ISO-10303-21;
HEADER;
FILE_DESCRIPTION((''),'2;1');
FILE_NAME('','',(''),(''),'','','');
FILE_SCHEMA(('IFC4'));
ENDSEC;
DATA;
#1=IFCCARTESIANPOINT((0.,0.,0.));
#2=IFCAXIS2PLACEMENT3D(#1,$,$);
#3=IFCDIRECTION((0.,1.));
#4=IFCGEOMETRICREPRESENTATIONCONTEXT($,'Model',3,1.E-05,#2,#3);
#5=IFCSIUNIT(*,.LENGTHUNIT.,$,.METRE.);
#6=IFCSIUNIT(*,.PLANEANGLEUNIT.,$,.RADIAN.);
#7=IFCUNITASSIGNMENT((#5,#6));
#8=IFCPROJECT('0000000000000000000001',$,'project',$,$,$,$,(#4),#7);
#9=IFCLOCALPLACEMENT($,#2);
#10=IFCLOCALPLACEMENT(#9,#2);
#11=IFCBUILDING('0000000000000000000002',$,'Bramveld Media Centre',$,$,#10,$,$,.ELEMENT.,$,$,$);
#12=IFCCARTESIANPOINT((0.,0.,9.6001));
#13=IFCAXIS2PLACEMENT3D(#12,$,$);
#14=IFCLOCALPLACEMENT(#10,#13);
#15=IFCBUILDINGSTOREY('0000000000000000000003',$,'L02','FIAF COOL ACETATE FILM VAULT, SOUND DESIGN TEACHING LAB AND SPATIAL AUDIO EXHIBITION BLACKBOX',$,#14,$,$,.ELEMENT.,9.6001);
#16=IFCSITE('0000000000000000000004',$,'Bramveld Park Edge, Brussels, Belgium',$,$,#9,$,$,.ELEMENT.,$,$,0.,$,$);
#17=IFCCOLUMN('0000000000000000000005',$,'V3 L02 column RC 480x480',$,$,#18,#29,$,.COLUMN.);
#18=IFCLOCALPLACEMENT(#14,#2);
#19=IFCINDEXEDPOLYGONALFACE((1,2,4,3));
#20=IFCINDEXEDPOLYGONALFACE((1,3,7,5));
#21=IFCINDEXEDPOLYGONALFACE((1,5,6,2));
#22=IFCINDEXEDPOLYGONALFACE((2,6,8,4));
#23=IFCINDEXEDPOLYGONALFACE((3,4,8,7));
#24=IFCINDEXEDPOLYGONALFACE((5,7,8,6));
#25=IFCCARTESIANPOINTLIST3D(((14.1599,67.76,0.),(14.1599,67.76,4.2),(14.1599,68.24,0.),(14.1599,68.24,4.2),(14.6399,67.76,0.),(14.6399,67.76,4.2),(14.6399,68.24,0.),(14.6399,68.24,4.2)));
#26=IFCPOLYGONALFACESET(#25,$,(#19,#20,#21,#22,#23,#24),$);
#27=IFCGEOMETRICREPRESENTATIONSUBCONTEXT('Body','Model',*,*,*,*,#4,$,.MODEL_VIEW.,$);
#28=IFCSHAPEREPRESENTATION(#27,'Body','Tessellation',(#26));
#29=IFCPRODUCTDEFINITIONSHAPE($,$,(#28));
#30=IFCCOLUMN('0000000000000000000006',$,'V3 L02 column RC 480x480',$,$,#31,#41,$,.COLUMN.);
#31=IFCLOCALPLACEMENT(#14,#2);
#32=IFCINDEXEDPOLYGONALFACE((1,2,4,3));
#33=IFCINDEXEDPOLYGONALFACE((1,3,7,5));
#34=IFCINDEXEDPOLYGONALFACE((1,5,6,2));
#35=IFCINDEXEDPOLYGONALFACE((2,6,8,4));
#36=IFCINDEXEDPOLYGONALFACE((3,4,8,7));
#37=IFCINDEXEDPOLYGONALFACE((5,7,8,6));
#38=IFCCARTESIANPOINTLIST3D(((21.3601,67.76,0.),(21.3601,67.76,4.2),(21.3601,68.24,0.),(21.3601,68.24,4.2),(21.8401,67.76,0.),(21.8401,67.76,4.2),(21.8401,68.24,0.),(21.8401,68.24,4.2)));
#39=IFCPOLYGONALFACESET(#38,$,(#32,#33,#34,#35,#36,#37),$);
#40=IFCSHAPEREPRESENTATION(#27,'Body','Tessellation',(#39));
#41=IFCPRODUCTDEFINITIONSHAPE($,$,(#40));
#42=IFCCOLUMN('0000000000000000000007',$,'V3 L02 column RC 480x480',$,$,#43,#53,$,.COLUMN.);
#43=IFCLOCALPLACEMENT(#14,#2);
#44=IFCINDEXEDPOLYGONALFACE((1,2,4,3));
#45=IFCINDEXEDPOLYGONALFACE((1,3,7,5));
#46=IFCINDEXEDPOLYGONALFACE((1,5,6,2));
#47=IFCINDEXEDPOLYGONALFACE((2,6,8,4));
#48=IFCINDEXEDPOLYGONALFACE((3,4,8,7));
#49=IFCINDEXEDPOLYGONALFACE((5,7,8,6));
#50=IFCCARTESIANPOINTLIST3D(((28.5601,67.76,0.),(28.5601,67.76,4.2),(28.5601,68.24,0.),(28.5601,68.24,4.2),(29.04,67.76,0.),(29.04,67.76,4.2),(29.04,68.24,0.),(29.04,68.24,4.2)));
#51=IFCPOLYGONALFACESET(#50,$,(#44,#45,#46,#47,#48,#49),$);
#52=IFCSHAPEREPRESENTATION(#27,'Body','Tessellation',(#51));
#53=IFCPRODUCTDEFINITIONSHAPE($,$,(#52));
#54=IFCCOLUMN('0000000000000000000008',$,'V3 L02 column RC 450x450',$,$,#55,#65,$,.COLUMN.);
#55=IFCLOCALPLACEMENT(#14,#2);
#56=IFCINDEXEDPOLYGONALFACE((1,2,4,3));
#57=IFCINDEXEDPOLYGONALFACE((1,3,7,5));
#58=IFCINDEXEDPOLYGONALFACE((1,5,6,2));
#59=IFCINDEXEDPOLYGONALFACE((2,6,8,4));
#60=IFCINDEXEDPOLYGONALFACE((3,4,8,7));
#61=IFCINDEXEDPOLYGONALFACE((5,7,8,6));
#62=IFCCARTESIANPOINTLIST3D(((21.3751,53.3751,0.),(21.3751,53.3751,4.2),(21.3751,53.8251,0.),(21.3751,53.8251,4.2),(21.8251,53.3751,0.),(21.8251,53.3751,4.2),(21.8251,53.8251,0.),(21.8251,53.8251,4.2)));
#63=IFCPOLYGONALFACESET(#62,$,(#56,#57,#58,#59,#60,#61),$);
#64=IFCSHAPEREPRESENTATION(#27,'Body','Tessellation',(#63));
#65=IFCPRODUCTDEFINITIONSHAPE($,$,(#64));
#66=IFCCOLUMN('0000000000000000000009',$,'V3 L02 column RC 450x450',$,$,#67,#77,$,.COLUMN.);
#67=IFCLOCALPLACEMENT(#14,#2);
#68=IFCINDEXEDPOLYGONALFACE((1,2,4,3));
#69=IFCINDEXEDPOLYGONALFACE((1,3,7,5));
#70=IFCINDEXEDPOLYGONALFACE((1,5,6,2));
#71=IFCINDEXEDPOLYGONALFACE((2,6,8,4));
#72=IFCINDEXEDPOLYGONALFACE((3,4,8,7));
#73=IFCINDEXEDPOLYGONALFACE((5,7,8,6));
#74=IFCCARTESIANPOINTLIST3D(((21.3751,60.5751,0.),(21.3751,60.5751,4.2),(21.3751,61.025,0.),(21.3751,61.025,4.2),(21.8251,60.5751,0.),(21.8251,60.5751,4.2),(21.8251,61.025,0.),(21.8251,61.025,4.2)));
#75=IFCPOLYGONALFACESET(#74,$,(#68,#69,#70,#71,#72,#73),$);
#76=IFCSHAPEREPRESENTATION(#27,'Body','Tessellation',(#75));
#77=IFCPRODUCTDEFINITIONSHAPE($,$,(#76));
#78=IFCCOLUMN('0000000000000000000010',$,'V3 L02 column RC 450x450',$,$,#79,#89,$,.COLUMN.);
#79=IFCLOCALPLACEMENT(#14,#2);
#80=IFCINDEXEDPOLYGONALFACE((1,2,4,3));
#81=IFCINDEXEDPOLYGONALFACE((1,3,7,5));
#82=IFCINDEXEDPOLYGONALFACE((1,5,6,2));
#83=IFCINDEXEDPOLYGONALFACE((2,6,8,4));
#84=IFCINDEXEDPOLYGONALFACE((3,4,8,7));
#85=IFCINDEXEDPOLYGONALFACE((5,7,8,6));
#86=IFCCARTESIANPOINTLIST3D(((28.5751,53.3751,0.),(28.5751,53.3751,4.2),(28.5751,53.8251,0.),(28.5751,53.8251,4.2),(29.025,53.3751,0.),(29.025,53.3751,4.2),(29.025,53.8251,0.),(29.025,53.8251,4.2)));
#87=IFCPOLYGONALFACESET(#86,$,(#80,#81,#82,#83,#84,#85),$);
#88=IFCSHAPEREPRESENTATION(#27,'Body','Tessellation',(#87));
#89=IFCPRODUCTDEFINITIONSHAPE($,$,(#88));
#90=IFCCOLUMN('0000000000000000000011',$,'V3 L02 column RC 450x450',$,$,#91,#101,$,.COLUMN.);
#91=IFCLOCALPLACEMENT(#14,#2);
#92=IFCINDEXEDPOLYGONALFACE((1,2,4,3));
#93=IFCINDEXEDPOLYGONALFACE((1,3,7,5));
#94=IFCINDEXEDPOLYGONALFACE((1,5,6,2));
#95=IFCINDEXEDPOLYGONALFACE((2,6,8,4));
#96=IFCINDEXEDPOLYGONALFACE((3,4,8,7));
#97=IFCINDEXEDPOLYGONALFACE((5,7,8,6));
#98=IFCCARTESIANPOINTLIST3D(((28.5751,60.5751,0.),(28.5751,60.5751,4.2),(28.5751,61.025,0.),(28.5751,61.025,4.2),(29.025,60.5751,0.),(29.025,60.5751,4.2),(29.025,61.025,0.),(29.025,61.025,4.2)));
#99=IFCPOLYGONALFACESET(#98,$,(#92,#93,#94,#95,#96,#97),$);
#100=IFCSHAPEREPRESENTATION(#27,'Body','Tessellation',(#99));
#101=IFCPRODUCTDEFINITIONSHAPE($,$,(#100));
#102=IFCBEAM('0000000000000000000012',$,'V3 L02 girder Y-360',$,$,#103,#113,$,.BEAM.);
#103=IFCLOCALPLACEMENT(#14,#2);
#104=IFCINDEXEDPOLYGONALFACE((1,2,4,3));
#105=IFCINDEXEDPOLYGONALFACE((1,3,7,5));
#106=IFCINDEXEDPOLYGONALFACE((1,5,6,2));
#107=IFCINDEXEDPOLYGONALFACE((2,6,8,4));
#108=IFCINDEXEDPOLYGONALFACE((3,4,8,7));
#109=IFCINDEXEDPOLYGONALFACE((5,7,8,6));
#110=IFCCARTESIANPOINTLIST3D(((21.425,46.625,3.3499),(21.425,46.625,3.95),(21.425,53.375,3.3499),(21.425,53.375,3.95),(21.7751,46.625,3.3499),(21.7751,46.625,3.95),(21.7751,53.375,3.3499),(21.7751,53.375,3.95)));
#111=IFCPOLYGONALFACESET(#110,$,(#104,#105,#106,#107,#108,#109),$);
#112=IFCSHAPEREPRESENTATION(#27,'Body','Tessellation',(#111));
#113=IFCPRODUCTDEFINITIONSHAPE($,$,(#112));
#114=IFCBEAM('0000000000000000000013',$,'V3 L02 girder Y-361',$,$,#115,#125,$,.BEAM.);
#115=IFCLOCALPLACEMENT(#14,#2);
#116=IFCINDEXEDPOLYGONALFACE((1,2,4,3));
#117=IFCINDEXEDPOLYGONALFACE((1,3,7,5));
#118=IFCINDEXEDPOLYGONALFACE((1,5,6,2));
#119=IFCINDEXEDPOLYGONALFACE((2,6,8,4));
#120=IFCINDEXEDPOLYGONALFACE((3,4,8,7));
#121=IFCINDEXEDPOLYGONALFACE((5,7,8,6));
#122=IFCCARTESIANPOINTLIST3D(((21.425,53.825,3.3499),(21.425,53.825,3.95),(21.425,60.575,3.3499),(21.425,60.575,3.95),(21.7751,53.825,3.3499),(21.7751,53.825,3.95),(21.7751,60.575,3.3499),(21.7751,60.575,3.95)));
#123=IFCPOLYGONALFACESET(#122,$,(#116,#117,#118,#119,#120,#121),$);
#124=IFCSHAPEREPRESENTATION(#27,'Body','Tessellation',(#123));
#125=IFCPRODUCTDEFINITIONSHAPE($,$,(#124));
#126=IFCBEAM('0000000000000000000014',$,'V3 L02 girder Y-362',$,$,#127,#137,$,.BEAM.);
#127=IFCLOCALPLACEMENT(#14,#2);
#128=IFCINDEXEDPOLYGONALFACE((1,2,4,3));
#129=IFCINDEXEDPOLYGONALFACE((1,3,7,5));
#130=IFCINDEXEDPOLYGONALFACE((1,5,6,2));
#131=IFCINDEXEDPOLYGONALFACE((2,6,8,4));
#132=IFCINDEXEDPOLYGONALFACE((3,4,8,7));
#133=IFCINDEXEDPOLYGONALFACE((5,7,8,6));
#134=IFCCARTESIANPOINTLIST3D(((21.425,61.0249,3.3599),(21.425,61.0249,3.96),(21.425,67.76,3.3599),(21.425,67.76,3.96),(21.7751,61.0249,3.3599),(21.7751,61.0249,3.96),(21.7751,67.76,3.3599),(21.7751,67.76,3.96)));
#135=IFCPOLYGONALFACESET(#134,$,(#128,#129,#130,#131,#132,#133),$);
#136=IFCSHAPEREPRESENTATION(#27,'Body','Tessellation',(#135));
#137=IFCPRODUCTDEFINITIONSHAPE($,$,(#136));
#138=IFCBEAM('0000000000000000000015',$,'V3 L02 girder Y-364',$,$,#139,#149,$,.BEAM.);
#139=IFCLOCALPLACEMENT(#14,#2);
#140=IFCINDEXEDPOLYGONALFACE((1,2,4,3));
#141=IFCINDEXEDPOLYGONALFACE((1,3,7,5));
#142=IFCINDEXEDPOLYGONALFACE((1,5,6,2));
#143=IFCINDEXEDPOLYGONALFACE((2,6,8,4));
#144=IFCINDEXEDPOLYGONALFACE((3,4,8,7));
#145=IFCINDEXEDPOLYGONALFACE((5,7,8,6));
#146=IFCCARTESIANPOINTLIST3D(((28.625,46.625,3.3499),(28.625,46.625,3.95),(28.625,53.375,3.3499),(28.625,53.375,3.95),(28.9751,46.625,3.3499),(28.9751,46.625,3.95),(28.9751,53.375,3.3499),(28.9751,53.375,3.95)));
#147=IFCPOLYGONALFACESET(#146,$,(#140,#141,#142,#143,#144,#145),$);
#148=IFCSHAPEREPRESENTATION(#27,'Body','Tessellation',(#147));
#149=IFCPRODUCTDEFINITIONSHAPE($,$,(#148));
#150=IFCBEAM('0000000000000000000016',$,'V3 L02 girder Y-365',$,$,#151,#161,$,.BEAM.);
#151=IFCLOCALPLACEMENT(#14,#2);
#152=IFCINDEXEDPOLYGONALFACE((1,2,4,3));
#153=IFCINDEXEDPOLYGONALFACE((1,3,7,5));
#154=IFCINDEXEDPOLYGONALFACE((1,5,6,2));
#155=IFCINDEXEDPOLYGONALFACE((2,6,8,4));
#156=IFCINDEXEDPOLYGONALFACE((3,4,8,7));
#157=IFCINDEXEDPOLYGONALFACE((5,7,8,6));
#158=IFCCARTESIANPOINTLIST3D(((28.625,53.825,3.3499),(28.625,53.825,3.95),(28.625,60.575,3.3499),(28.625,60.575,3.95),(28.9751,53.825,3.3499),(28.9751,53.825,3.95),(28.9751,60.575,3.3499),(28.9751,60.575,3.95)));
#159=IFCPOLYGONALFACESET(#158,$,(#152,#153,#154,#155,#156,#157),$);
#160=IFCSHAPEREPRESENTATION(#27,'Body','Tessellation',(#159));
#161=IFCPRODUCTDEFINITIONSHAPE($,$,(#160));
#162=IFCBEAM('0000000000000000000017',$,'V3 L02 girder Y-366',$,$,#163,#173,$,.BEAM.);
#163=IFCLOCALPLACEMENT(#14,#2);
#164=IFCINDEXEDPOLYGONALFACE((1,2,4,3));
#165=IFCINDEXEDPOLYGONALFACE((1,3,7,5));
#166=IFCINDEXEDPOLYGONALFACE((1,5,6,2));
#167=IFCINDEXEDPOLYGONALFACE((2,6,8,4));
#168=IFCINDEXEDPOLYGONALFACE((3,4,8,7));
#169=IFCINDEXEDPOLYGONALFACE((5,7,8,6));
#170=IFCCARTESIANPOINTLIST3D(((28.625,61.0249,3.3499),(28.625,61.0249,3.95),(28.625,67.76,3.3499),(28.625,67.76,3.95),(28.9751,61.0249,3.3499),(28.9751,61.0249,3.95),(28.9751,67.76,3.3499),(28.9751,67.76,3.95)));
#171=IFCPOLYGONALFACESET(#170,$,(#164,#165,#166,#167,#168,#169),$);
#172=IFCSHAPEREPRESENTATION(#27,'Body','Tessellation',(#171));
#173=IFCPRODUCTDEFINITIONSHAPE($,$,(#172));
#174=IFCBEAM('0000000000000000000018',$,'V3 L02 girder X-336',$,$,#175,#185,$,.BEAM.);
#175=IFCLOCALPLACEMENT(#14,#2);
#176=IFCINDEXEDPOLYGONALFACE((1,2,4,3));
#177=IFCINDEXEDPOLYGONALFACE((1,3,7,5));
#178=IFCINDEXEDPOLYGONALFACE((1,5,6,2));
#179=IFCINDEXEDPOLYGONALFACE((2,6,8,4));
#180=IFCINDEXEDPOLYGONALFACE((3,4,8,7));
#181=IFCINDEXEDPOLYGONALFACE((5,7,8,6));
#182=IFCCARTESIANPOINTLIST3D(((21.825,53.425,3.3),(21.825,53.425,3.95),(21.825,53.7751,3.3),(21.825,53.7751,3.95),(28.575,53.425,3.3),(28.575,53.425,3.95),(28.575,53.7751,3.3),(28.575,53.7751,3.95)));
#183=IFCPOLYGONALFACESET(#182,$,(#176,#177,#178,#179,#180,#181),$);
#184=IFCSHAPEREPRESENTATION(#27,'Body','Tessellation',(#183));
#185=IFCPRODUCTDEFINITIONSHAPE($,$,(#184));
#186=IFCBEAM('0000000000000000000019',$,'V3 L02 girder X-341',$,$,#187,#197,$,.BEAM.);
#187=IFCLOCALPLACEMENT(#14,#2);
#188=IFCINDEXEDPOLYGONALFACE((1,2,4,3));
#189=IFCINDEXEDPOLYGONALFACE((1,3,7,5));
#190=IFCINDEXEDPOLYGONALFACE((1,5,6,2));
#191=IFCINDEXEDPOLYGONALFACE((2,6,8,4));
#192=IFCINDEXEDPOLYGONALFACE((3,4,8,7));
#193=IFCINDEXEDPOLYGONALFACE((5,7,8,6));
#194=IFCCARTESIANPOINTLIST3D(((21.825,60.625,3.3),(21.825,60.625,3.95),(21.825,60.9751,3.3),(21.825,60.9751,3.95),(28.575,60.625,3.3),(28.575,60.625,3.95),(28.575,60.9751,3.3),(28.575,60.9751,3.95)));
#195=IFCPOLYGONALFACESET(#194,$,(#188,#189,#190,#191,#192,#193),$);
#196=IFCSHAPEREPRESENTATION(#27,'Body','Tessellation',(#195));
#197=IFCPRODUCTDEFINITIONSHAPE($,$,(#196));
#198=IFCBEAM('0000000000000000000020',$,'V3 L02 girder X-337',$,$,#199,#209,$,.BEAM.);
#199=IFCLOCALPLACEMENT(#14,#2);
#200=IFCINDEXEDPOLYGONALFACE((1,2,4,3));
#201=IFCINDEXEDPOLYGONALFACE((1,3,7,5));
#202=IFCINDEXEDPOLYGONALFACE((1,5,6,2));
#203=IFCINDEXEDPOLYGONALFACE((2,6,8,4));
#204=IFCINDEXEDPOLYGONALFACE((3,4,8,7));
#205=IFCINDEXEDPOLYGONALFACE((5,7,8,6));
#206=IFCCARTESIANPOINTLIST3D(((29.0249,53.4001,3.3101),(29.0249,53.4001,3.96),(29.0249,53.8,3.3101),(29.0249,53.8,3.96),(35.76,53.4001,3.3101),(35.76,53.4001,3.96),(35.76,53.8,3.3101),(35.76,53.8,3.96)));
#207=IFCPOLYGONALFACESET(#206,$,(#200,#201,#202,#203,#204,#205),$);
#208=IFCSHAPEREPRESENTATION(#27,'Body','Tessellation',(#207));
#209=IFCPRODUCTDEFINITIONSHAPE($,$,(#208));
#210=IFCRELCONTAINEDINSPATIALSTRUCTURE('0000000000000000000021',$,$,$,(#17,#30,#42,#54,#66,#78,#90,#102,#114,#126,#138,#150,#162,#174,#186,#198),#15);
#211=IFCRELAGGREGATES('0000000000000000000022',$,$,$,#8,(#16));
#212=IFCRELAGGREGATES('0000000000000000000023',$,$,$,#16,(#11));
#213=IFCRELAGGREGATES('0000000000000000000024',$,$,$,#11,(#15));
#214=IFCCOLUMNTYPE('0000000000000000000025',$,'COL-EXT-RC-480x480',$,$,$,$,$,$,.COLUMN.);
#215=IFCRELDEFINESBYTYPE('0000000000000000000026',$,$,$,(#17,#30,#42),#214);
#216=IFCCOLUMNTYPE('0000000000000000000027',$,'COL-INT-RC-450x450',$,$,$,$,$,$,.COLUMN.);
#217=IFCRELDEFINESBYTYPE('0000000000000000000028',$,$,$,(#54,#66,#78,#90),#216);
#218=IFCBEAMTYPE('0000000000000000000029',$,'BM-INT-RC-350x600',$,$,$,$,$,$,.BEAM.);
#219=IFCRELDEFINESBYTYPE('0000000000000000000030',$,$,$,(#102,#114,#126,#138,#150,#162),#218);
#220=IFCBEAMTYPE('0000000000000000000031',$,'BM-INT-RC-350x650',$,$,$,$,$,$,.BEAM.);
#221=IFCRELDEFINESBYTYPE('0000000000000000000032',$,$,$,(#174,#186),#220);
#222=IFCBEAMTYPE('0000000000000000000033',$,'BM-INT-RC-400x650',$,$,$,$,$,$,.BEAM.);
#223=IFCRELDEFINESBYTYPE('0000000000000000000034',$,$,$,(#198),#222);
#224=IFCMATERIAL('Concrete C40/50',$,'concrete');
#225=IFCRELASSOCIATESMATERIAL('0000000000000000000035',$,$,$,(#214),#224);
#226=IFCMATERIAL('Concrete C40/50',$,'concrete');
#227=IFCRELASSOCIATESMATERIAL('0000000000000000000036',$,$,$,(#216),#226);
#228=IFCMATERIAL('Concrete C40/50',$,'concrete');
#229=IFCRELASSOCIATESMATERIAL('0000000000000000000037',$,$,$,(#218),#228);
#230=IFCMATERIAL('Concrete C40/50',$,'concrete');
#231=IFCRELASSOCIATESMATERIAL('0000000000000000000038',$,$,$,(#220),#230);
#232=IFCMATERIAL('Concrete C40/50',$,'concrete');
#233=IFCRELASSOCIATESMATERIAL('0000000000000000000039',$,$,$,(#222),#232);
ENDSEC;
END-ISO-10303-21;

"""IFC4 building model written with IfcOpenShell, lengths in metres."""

from ifc_helpers import new_model, si_unit, direction, frame, origin, origin_2d, place, context, subcontext, project, spatial, rectangle, extrude, material, material_profile, profile_set, type_object, element, save


model = new_model("IFC4")

# Units and contexts
model_context = context("Model", 3, precision=1e-05, world=origin(), true_north=direction((0.0, 1.0)))
body_context = subcontext(model_context, "Body", "Model", "MODEL_VIEW")
ifc_project = project(units=[si_unit("LENGTHUNIT", "METRE"), si_unit("PLANEANGLEUNIT", "RADIAN")], contexts=[model_context])

# Site, building, storey
site_placement = place(None, origin())
site = spatial("IfcSite", under=ifc_project, at=site_placement, Name="Bramveld Park Edge, Brussels, Belgium", CompositionType="ELEMENT", RefElevation=0.0)
building_placement = place(site_placement, origin())
building = spatial("IfcBuilding", under=site, at=building_placement, Name="Bramveld Media Centre", CompositionType="ELEMENT")
storey_placement = place(building_placement, frame((0.0, 0.0, 9.6001)))
storey = spatial("IfcBuildingStorey", under=building, at=storey_placement, Name="L02", Description="FIAF COOL ACETATE FILM VAULT, SOUND DESIGN TEACHING LAB AND SPATIAL AUDIO EXHIBITION BLACKBOX", CompositionType="ELEMENT", Elevation=9.6001)

# Columns
ifc_material_1 = material(Name="Concrete C40/50", Category="concrete")
ifc_material_profile_1 = material_profile(ifc_material_1, rectangle(XDim=0.48, YDim=0.48, at=origin_2d()), Name="RC 480x480")
ifc_profile_set_1 = profile_set([ifc_material_profile_1], Name="Concrete C40/50")
column_type_1 = type_object("IfcColumnType", Name="COL-EXT-RC-480x480", PredefinedType="COLUMN", material=ifc_profile_set_1)
for number, where, z_axis, x_axis, name in (
    (1, (14.3999, 68.0, 0.0), (0.0, 0.0, 1.0), (1.0, 0.0, 0.0), "V3 L02 column RC 480x480"),
    (2, (21.6001, 68.0, 0.0), (0.0, 0.0, 1.0), (1.0, 0.0, 0.0), "V3 L02 column RC 480x480"),
    (3, (28.8, 68.0, 0.0), (0.0, 0.0, 1.0), (1.0, 0.0, 0.0), "V3 L02 column RC 480x480"),
):
    element("IfcColumn", number, at=place(storey_placement, frame(where, z_axis=z_axis, x_axis=x_axis)), inside=storey, type_object=column_type_1, Name=name, PredefinedType="COLUMN", context=body_context, shape_type="SweptSolid", body=[
        extrude(rectangle(XDim=0.48, YDim=0.48, at=origin_2d()), origin(), (0.0, 0.0, 1.0), 4.2),
    ])
ifc_material_2 = material(Name="Concrete C40/50", Category="concrete")
ifc_material_profile_2 = material_profile(ifc_material_2, rectangle(XDim=0.45, YDim=0.45, at=origin_2d()), Name="RC 450x450")
ifc_profile_set_2 = profile_set([ifc_material_profile_2], Name="Concrete C40/50")
column_type_2 = type_object("IfcColumnType", Name="COL-INT-RC-450x450", PredefinedType="COLUMN", material=ifc_profile_set_2)
for number, where, z_axis, x_axis, name in (
    (4, (21.6001, 53.6001, 0.0), (0.0, 0.0, 1.0), (1.0, 0.0, 0.0), "V3 L02 column RC 450x450"),
    (5, (21.6001, 60.8, 0.0), (0.0, 0.0, 1.0), (1.0, 0.0, 0.0), "V3 L02 column RC 450x450"),
    (6, (28.8, 53.6001, 0.0), (0.0, 0.0, 1.0), (1.0, 0.0, 0.0), "V3 L02 column RC 450x450"),
    (7, (28.8, 60.8, 0.0), (0.0, 0.0, 1.0), (1.0, 0.0, 0.0), "V3 L02 column RC 450x450"),
):
    element("IfcColumn", number, at=place(storey_placement, frame(where, z_axis=z_axis, x_axis=x_axis)), inside=storey, type_object=column_type_2, Name=name, PredefinedType="COLUMN", context=body_context, shape_type="SweptSolid", body=[
        extrude(rectangle(XDim=0.45, YDim=0.45, at=origin_2d()), origin(), (0.0, 0.0, 1.0), 4.2),
    ])

# Beams
ifc_material_3 = material(Name="Concrete C40/50", Category="concrete")
ifc_material_profile_3 = material_profile(ifc_material_3, rectangle(XDim=0.3501, YDim=0.6001, at=origin_2d()), Name="RC 350x600")
ifc_profile_set_3 = profile_set([ifc_material_profile_3], Name="Concrete C40/50")
beam_type_1 = type_object("IfcBeamType", Name="BM-INT-RC-350x600", PredefinedType="BEAM", material=ifc_profile_set_3)
for number, where, z_axis, x_axis, name in (
    (8, (21.6001, 46.625, 3.6499), (0.0, 1.0, 0.0), (-1.0, 0.0, 0.0), "V3 L02 girder Y-360"),
    (9, (21.6001, 53.825, 3.6499), (0.0, 1.0, 0.0), (-1.0, 0.0, 0.0), "V3 L02 girder Y-361"),
):
    element("IfcBeam", number, at=place(storey_placement, frame(where, z_axis=z_axis, x_axis=x_axis)), inside=storey, type_object=beam_type_1, Name=name, PredefinedType="BEAM", context=body_context, shape_type="SweptSolid", body=[
        extrude(rectangle(XDim=0.3501, YDim=0.6001, at=origin_2d()), origin(), (0.0, 0.0, 1.0), 6.75),
    ])
beam_1_placement = place(storey_placement, frame((21.6001, 61.0249, 3.6599), z_axis=(0.0, 1.0, 0.0), x_axis=(-1.0, 0.0, 0.0)))
element("IfcBeam", 10, at=beam_1_placement, inside=storey, type_object=beam_type_1, Name="V3 L02 girder Y-362", PredefinedType="BEAM", context=body_context, shape_type="SweptSolid", body=[
    extrude(rectangle(XDim=0.3501, YDim=0.6001, at=origin_2d()), origin(), (0.0, 0.0, 1.0), 6.7351),
])
for number, where, z_axis, x_axis, name in (
    (11, (28.8, 46.625, 3.6499), (0.0, 1.0, 0.0), (-1.0, 0.0, 0.0), "V3 L02 girder Y-364"),
    (12, (28.8, 53.825, 3.6499), (0.0, 1.0, 0.0), (-1.0, 0.0, 0.0), "V3 L02 girder Y-365"),
):
    element("IfcBeam", number, at=place(storey_placement, frame(where, z_axis=z_axis, x_axis=x_axis)), inside=storey, type_object=beam_type_1, Name=name, PredefinedType="BEAM", context=body_context, shape_type="SweptSolid", body=[
        extrude(rectangle(XDim=0.3501, YDim=0.6001, at=origin_2d()), origin(), (0.0, 0.0, 1.0), 6.75),
    ])
beam_2_placement = place(storey_placement, frame((28.8, 61.0249, 3.6499), z_axis=(0.0, 1.0, 0.0), x_axis=(-1.0, 0.0, 0.0)))
element("IfcBeam", 13, at=beam_2_placement, inside=storey, type_object=beam_type_1, Name="V3 L02 girder Y-366", PredefinedType="BEAM", context=body_context, shape_type="SweptSolid", body=[
    extrude(rectangle(XDim=0.3501, YDim=0.6001, at=origin_2d()), origin(), (0.0, 0.0, 1.0), 6.7351),
])
ifc_material_4 = material(Name="Concrete C40/50", Category="concrete")
ifc_material_profile_4 = material_profile(ifc_material_4, rectangle(XDim=0.3501, YDim=0.6499, at=origin_2d()), Name="RC 350x650")
ifc_profile_set_4 = profile_set([ifc_material_profile_4], Name="Concrete C40/50")
beam_type_2 = type_object("IfcBeamType", Name="BM-INT-RC-350x650", PredefinedType="BEAM", material=ifc_profile_set_4)
for number, where, z_axis, x_axis, name in (
    (14, (21.825, 53.6001, 3.625), (1.0, 0.0, 0.0), (0.0, 1.0, 0.0), "V3 L02 girder X-336"),
    (15, (21.825, 60.8, 3.625), (1.0, 0.0, 0.0), (0.0, 1.0, 0.0), "V3 L02 girder X-341"),
):
    element("IfcBeam", number, at=place(storey_placement, frame(where, z_axis=z_axis, x_axis=x_axis)), inside=storey, type_object=beam_type_2, Name=name, PredefinedType="BEAM", context=body_context, shape_type="SweptSolid", body=[
        extrude(rectangle(XDim=0.3501, YDim=0.6499, at=origin_2d()), origin(), (0.0, 0.0, 1.0), 6.75),
    ])
ifc_material_5 = material(Name="Concrete C40/50", Category="concrete")
ifc_material_profile_5 = material_profile(ifc_material_5, rectangle(XDim=0.3999, YDim=0.6499, at=origin_2d()), Name="RC 400x650")
ifc_profile_set_5 = profile_set([ifc_material_profile_5], Name="Concrete C40/50")
beam_type_3 = type_object("IfcBeamType", Name="BM-INT-RC-400x650", PredefinedType="BEAM", material=ifc_profile_set_5)
for number, where, z_axis, x_axis, name in (
    (16, (29.0249, 53.6001, 3.635), (1.0, 0.0, 0.0), (0.0, 1.0, 0.0), "V3 L02 girder X-337"),
):
    element("IfcBeam", number, at=place(storey_placement, frame(where, z_axis=z_axis, x_axis=x_axis)), inside=storey, type_object=beam_type_3, Name=name, PredefinedType="BEAM", context=body_context, shape_type="SweptSolid", body=[
        extrude(rectangle(XDim=0.3999, YDim=0.6499, at=origin_2d()), origin(), (0.0, 0.0, 1.0), 6.7351),
    ])

save(model, "model.ifc")
